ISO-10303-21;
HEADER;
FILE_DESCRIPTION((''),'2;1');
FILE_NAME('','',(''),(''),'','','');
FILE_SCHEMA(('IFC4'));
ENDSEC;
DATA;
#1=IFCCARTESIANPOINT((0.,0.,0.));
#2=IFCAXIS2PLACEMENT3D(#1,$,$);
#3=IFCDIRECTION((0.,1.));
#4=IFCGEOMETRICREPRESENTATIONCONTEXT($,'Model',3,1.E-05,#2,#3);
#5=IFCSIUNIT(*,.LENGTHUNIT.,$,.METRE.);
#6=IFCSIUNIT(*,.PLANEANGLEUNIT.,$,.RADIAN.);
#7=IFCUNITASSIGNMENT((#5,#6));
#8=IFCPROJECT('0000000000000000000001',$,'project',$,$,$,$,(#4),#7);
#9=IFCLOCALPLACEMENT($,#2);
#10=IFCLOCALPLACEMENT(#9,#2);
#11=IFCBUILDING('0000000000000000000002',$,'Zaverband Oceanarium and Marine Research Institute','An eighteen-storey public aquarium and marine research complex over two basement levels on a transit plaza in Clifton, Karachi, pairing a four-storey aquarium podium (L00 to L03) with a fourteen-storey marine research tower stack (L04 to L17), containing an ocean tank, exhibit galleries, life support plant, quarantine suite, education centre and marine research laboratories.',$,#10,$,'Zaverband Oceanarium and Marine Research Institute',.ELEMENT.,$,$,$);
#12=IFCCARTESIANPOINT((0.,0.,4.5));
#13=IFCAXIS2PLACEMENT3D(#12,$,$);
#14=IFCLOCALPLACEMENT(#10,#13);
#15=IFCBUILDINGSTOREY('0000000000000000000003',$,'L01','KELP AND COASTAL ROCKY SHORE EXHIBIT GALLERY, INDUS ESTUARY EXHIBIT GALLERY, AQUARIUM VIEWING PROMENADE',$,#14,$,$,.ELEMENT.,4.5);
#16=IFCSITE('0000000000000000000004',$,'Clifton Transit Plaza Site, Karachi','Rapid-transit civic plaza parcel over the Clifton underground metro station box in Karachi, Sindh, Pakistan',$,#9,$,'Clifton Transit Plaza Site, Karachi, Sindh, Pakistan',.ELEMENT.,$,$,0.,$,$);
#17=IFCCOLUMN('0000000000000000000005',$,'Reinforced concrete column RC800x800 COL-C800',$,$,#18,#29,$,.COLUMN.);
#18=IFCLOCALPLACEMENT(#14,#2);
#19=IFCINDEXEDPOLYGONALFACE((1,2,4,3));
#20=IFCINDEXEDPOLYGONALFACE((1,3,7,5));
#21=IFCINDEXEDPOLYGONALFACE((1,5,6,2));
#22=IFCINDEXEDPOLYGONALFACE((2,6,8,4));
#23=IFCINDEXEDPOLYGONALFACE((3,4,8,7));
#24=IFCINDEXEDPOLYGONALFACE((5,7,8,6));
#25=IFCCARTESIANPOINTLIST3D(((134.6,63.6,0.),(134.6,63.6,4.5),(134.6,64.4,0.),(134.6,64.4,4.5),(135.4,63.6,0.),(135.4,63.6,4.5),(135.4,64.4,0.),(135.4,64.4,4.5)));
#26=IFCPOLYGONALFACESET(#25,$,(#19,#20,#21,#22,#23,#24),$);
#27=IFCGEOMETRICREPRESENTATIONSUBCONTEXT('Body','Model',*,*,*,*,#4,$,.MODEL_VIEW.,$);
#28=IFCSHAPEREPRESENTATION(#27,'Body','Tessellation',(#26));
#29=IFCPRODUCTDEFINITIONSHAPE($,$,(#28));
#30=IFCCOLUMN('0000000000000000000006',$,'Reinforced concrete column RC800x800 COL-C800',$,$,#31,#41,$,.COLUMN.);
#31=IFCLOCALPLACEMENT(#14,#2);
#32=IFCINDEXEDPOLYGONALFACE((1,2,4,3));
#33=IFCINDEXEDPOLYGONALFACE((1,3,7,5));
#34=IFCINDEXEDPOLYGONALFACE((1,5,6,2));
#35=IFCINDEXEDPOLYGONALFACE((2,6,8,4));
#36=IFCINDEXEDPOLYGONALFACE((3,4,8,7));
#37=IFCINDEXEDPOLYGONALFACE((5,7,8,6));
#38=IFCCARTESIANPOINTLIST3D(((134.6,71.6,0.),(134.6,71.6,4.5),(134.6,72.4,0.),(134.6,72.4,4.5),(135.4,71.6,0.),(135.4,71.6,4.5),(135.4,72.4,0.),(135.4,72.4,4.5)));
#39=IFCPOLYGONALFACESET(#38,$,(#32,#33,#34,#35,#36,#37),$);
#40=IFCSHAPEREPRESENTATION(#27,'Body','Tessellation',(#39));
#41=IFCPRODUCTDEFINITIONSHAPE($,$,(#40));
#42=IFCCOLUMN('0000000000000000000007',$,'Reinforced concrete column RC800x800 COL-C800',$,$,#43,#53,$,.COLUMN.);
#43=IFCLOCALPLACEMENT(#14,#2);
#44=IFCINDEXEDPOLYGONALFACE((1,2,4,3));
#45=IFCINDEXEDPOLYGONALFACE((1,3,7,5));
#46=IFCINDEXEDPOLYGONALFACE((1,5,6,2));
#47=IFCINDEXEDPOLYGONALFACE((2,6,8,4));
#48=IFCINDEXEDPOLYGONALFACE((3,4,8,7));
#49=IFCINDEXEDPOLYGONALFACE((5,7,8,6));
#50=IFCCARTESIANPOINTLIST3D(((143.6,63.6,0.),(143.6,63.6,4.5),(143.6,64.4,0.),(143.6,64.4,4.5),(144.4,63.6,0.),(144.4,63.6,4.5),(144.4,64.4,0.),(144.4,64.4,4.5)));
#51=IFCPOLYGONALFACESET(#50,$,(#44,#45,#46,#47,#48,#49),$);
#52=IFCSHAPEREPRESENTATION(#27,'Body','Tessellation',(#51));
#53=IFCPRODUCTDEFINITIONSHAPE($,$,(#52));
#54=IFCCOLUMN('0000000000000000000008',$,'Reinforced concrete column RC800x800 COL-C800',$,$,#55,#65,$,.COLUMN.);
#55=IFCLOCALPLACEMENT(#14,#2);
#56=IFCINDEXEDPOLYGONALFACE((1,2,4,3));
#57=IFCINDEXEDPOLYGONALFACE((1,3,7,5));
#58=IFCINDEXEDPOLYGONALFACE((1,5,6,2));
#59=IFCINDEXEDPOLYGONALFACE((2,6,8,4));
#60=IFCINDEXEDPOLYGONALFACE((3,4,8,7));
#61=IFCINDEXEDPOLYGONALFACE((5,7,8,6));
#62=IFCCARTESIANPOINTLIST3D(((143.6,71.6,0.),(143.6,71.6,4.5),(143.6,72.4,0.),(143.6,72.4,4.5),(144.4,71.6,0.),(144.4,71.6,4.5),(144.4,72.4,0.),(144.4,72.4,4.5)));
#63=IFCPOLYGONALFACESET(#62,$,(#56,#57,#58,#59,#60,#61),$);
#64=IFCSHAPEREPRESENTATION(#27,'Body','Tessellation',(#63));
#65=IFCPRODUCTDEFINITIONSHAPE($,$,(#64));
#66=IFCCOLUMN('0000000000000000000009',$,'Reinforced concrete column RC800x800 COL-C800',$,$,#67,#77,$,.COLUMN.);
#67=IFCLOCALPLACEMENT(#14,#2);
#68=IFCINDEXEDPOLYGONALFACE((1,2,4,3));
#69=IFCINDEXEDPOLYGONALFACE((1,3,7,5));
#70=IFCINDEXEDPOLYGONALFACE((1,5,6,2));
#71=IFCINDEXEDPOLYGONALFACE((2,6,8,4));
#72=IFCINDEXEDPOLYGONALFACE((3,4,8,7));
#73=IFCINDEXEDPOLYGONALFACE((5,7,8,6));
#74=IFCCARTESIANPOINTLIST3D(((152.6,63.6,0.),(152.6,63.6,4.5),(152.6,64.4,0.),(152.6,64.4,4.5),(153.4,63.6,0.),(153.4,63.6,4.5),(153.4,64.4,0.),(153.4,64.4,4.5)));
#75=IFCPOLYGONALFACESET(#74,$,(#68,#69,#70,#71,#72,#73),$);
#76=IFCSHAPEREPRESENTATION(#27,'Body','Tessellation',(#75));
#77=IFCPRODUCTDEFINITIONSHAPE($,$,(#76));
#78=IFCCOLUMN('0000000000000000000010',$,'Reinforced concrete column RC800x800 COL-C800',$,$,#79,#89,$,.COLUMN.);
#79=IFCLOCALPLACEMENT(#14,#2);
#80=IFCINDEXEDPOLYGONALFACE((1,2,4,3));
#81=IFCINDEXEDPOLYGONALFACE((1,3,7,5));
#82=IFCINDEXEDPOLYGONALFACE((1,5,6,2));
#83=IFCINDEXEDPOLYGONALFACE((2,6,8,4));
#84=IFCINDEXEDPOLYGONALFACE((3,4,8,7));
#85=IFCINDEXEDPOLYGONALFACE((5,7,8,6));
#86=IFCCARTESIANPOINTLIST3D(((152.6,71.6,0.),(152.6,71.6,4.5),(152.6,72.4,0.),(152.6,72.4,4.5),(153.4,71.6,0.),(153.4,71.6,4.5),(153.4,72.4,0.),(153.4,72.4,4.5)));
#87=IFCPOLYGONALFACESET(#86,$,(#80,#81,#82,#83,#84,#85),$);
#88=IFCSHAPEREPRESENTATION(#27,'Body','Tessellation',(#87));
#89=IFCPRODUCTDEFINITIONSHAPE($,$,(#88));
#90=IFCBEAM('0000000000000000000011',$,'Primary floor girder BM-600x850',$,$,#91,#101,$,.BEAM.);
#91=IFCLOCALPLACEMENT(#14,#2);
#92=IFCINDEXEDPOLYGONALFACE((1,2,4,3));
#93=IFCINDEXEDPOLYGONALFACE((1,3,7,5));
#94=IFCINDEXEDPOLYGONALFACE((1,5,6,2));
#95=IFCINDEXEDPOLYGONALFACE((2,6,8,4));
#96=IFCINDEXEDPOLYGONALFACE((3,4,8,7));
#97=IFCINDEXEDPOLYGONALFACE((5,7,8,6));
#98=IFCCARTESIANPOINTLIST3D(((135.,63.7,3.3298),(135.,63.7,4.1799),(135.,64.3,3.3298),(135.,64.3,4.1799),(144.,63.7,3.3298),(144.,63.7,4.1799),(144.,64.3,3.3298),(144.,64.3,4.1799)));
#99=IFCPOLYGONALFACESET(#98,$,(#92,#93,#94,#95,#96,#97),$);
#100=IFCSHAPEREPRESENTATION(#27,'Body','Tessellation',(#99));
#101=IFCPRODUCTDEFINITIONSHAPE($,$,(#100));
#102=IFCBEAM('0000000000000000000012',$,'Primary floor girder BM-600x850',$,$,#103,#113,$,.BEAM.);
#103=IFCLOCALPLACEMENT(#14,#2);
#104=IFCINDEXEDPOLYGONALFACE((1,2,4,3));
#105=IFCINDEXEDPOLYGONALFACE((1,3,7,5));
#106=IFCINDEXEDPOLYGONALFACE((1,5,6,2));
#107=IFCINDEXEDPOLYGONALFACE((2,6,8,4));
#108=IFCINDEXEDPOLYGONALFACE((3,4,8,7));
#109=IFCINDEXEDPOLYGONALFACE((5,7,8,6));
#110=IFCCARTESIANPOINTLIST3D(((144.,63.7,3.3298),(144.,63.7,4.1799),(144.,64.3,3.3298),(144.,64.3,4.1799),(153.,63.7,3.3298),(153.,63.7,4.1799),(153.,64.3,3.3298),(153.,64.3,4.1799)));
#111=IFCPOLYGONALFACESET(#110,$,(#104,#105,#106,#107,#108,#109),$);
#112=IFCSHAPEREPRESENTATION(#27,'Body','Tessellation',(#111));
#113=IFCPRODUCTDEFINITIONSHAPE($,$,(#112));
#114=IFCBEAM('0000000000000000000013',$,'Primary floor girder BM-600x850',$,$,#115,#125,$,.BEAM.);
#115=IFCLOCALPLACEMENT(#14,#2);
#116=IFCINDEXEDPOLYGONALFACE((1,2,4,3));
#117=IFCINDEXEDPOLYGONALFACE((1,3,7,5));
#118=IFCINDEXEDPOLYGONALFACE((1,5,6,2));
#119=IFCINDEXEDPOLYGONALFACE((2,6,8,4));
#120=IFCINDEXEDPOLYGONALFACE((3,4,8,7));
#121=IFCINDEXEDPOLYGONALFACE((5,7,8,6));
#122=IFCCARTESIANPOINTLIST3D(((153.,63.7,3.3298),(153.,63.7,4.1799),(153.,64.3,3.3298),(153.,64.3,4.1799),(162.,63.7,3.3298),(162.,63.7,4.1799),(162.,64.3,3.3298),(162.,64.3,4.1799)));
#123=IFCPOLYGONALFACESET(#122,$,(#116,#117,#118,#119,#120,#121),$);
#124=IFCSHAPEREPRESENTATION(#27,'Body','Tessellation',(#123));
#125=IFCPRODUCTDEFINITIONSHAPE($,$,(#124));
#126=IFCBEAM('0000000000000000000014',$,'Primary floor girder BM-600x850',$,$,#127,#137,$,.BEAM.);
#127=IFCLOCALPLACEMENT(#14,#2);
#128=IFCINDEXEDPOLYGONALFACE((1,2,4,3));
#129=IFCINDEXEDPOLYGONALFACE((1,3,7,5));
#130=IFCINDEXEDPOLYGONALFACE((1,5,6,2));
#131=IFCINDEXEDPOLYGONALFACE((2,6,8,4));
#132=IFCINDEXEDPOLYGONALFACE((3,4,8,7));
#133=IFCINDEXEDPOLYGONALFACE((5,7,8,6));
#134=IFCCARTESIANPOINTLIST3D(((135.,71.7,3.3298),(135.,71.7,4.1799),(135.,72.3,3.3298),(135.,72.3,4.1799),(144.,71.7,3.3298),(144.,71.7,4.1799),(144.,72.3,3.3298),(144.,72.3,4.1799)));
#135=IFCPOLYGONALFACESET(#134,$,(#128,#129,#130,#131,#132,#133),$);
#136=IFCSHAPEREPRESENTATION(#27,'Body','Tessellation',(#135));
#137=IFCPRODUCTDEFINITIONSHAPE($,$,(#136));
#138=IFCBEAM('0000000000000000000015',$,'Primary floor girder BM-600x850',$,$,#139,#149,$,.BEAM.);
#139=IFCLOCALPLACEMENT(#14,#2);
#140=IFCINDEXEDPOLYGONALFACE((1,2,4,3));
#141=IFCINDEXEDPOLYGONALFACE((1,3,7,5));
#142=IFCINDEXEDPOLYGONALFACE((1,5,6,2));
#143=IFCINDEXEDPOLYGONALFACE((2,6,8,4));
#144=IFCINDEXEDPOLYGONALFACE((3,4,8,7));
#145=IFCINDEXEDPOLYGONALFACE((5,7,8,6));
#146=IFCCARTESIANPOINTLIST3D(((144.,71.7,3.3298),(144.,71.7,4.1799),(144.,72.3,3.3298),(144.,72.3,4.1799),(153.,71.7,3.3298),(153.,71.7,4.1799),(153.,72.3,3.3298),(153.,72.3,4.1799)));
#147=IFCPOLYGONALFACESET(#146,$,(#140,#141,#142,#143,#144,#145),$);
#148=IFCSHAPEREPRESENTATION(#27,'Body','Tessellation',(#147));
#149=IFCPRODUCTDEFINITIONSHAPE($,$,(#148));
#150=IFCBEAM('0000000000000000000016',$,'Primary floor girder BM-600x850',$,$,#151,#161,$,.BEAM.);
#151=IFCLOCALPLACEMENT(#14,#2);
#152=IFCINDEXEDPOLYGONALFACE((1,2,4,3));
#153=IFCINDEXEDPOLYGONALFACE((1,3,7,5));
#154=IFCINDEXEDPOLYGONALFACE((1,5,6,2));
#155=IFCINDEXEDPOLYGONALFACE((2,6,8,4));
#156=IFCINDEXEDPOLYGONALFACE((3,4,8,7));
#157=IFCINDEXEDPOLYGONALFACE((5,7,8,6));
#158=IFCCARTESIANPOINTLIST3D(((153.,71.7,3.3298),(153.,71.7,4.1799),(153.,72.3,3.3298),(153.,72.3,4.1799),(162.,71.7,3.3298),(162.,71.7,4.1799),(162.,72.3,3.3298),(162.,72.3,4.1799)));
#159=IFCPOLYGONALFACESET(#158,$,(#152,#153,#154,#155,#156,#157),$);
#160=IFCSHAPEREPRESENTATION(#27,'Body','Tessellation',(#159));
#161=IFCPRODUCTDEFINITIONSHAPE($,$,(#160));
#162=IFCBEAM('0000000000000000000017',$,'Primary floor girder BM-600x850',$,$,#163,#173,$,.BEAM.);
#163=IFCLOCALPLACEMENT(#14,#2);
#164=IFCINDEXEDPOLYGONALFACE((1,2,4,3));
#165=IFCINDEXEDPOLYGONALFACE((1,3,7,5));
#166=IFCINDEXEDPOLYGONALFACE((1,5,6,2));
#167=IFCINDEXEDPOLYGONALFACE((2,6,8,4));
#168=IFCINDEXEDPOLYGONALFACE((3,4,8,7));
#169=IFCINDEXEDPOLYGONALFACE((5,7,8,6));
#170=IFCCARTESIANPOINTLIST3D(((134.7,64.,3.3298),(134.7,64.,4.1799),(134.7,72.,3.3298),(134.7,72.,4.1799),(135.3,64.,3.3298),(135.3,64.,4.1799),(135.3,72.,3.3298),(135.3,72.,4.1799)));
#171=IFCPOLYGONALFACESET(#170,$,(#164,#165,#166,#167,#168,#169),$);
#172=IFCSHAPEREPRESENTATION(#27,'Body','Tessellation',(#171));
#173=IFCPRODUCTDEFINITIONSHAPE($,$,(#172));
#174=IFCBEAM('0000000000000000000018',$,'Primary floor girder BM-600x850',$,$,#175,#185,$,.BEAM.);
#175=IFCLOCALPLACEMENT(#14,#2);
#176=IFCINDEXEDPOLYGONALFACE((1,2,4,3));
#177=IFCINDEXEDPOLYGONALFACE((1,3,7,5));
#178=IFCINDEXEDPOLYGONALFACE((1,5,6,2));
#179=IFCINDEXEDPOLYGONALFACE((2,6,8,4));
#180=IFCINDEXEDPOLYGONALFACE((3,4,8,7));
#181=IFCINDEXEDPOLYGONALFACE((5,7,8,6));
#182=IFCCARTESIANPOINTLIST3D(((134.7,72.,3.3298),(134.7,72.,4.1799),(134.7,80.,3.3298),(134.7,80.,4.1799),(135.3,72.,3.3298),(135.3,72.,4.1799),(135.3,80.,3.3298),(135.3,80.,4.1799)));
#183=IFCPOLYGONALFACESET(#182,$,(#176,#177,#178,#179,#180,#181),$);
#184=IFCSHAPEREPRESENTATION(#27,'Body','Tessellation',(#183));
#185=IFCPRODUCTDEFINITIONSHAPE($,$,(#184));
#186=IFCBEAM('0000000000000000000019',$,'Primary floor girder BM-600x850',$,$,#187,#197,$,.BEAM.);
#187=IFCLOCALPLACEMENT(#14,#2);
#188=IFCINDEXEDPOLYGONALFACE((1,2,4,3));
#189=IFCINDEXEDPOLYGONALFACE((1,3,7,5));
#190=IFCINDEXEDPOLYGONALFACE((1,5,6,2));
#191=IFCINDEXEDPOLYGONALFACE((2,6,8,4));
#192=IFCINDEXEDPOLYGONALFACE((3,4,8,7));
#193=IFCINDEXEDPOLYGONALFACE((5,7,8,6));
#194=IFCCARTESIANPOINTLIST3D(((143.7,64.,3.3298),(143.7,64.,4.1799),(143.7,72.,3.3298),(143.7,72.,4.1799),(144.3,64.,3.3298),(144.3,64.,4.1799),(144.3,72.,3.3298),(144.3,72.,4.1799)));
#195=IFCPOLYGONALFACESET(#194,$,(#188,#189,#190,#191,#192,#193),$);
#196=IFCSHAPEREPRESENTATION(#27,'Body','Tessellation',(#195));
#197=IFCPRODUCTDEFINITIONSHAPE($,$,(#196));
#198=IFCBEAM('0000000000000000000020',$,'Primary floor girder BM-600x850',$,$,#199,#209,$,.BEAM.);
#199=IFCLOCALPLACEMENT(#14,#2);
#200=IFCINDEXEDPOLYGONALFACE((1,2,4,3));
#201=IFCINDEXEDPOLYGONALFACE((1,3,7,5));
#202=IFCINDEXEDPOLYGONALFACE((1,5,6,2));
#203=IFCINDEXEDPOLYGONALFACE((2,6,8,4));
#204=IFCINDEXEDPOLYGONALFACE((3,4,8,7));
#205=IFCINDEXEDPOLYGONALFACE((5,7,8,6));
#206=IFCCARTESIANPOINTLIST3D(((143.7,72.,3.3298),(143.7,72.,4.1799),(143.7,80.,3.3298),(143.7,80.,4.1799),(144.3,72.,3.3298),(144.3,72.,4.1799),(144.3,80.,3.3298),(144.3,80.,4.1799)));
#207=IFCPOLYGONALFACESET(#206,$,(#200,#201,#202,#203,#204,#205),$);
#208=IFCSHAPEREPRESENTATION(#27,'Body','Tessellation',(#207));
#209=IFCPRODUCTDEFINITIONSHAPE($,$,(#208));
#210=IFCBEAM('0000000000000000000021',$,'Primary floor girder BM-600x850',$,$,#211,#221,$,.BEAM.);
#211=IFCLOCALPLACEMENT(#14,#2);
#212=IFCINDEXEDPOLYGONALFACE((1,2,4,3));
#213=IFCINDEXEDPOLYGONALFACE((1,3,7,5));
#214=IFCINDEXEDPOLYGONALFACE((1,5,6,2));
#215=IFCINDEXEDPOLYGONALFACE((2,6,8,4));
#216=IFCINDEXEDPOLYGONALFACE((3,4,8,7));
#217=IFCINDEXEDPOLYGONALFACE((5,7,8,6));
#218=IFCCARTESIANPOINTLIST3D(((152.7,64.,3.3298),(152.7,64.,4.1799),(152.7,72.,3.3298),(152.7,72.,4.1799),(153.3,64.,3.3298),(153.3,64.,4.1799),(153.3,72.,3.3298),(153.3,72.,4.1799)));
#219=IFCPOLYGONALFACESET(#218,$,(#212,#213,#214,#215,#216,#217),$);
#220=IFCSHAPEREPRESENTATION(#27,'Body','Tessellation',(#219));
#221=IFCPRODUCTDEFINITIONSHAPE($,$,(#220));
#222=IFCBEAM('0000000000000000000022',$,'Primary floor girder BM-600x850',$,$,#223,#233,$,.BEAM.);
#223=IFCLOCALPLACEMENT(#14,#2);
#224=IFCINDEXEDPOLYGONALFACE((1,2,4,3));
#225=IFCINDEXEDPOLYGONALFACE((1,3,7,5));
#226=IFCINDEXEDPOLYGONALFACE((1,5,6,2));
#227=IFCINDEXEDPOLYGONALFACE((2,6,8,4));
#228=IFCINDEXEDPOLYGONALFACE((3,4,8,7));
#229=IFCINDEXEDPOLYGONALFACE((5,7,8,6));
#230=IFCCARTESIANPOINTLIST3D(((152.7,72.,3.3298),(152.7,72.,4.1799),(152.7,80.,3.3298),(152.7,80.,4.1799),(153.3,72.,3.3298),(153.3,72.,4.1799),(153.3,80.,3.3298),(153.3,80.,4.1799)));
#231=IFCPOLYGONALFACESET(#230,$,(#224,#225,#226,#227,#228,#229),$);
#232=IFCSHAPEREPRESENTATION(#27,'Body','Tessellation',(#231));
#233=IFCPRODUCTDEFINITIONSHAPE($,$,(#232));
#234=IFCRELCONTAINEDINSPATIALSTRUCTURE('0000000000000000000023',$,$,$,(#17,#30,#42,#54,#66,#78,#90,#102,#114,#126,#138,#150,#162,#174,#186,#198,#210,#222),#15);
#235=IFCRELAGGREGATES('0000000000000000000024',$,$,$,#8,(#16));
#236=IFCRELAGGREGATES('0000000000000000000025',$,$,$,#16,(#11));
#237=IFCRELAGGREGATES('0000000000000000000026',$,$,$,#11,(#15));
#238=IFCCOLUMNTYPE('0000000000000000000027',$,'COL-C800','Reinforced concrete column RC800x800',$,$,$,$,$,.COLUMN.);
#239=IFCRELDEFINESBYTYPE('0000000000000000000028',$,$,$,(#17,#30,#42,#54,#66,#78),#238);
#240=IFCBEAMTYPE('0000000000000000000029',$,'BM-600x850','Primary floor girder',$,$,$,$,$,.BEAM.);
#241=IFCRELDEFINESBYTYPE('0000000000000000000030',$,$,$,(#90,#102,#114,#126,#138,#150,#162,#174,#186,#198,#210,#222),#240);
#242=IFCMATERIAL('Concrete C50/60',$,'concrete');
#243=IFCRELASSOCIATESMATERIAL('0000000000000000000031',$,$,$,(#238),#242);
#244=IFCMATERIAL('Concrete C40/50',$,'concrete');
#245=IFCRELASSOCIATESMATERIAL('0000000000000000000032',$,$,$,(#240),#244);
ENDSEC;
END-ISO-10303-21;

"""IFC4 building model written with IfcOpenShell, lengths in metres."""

from ifc_helpers import new_model, si_unit, direction, frame, origin, origin_2d, place, context, subcontext, project, spatial, rectangle, extrude, material, material_profile, profile_set, type_object, element, save


model = new_model("IFC4")

# Units and contexts
model_context = context("Model", 3, precision=1e-05, world=origin(), true_north=direction((0.0, 1.0)))
body_context = subcontext(model_context, "Body", "Model", "MODEL_VIEW")
ifc_project = project(units=[si_unit("LENGTHUNIT", "METRE"), si_unit("PLANEANGLEUNIT", "RADIAN")], contexts=[model_context])

# Site, building, storey
site_placement = place(None, origin())
site = spatial("IfcSite", under=ifc_project, at=site_placement, Name="Clifton Transit Plaza Site, Karachi", Description="Rapid-transit civic plaza parcel over the Clifton underground metro station box in Karachi, Sindh, Pakistan", LongName="Clifton Transit Plaza Site, Karachi, Sindh, Pakistan", CompositionType="ELEMENT", RefElevation=0.0)
building_placement = place(site_placement, origin())
building = spatial("IfcBuilding", under=site, at=building_placement, Name="Zaverband Oceanarium and Marine Research Institute", Description="An eighteen-storey public aquarium and marine research complex over two basement levels on a transit plaza in Clifton, Karachi, pairing a four-storey aquarium podium (L00 to L03) with a fourteen-storey marine research tower stack (L04 to L17), containing an ocean tank, exhibit galleries, life support plant, quarantine suite, education centre and marine research laboratories.", LongName="Zaverband Oceanarium and Marine Research Institute", CompositionType="ELEMENT")
storey_placement = place(building_placement, frame((0.0, 0.0, 4.5)))
storey = spatial("IfcBuildingStorey", under=building, at=storey_placement, Name="L01", Description="KELP AND COASTAL ROCKY SHORE EXHIBIT GALLERY, INDUS ESTUARY EXHIBIT GALLERY, AQUARIUM VIEWING PROMENADE", CompositionType="ELEMENT", Elevation=4.5)

# Columns
ifc_material_1 = material(Name="Concrete C50/60", Category="concrete")
ifc_material_profile_1 = material_profile(ifc_material_1, rectangle(XDim=0.8, YDim=0.8, at=origin_2d()), Name="RC800x800")
ifc_profile_set_1 = profile_set([ifc_material_profile_1], Name="Concrete C50/60")
column_type = type_object("IfcColumnType", Name="COL-C800", Description="Reinforced concrete column RC800x800", PredefinedType="COLUMN", material=ifc_profile_set_1)
for number, where, z_axis, x_axis, name in (
    (1, (135.0, 64.0, 0.0), (0.0, 0.0, 1.0), (1.0, 0.0, 0.0), "Reinforced concrete column RC800x800 COL-C800"),
    (2, (135.0, 72.0, 0.0), (0.0, 0.0, 1.0), (1.0, 0.0, 0.0), "Reinforced concrete column RC800x800 COL-C800"),
    (3, (144.0, 64.0, 0.0), (0.0, 0.0, 1.0), (1.0, 0.0, 0.0), "Reinforced concrete column RC800x800 COL-C800"),
    (4, (144.0, 72.0, 0.0), (0.0, 0.0, 1.0), (1.0, 0.0, 0.0), "Reinforced concrete column RC800x800 COL-C800"),
    (5, (153.0, 64.0, 0.0), (0.0, 0.0, 1.0), (1.0, 0.0, 0.0), "Reinforced concrete column RC800x800 COL-C800"),
    (6, (153.0, 72.0, 0.0), (0.0, 0.0, 1.0), (1.0, 0.0, 0.0), "Reinforced concrete column RC800x800 COL-C800"),
):
    element("IfcColumn", number, at=place(storey_placement, frame(where, z_axis=z_axis, x_axis=x_axis)), inside=storey, type_object=column_type, Name=name, PredefinedType="COLUMN", context=body_context, shape_type="SweptSolid", body=[
        extrude(rectangle(XDim=0.8, YDim=0.8, at=origin_2d()), origin(), (0.0, 0.0, 1.0), 4.5),
    ])

# Beams
ifc_material_2 = material(Name="Concrete C40/50", Category="concrete")
ifc_material_profile_2 = material_profile(ifc_material_2, rectangle(XDim=0.6001, YDim=0.8501, at=origin_2d()), Name="RC600x850")
ifc_profile_set_2 = profile_set([ifc_material_profile_2], Name="Concrete C40/50")
beam_type_1 = type_object("IfcBeamType", Name="BM-600x850", Description="Primary floor girder", PredefinedType="BEAM", material=ifc_profile_set_2)
for number, where, z_axis, x_axis, name in (
    (7, (135.0, 64.0, 3.7549), (1.0, 0.0, 0.0), (0.0, 1.0, 0.0), "Primary floor girder BM-600x850"),
    (8, (144.0, 64.0, 3.7549), (1.0, 0.0, 0.0), (0.0, 1.0, 0.0), "Primary floor girder BM-600x850"),
    (9, (153.0, 64.0, 3.7549), (1.0, 0.0, 0.0), (0.0, 1.0, 0.0), "Primary floor girder BM-600x850"),
    (10, (135.0, 72.0, 3.7549), (1.0, 0.0, 0.0), (0.0, 1.0, 0.0), "Primary floor girder BM-600x850"),
    (11, (144.0, 72.0, 3.7549), (1.0, 0.0, 0.0), (0.0, 1.0, 0.0), "Primary floor girder BM-600x850"),
    (12, (153.0, 72.0, 3.7549), (1.0, 0.0, 0.0), (0.0, 1.0, 0.0), "Primary floor girder BM-600x850"),
):
    element("IfcBeam", number, at=place(storey_placement, frame(where, z_axis=z_axis, x_axis=x_axis)), inside=storey, type_object=beam_type_1, Name=name, PredefinedType="BEAM", context=body_context, shape_type="SweptSolid", body=[
        extrude(rectangle(XDim=0.6001, YDim=0.8501, at=origin_2d()), origin(), (0.0, 0.0, 1.0), 9.0),
    ])
for number, where, z_axis, x_axis, name in (
    (13, (135.0, 64.0, 3.7549), (0.0, 1.0, 0.0), (-1.0, 0.0, 0.0), "Primary floor girder BM-600x850"),
    (14, (135.0, 72.0, 3.7549), (0.0, 1.0, 0.0), (-1.0, 0.0, 0.0), "Primary floor girder BM-600x850"),
    (15, (144.0, 64.0, 3.7549), (0.0, 1.0, 0.0), (-1.0, 0.0, 0.0), "Primary floor girder BM-600x850"),
    (16, (144.0, 72.0, 3.7549), (0.0, 1.0, 0.0), (-1.0, 0.0, 0.0), "Primary floor girder BM-600x850"),
    (17, (153.0, 64.0, 3.7549), (0.0, 1.0, 0.0), (-1.0, 0.0, 0.0), "Primary floor girder BM-600x850"),
    (18, (153.0, 72.0, 3.7549), (0.0, 1.0, 0.0), (-1.0, 0.0, 0.0), "Primary floor girder BM-600x850"),
):
    element("IfcBeam", number, at=place(storey_placement, frame(where, z_axis=z_axis, x_axis=x_axis)), inside=storey, type_object=beam_type_1, Name=name, PredefinedType="BEAM", context=body_context, shape_type="SweptSolid", body=[
        extrude(rectangle(XDim=0.6001, YDim=0.8501, at=origin_2d()), origin(), (0.0, 0.0, 1.0), 8.0),
    ])

save(model, "model.ifc")
